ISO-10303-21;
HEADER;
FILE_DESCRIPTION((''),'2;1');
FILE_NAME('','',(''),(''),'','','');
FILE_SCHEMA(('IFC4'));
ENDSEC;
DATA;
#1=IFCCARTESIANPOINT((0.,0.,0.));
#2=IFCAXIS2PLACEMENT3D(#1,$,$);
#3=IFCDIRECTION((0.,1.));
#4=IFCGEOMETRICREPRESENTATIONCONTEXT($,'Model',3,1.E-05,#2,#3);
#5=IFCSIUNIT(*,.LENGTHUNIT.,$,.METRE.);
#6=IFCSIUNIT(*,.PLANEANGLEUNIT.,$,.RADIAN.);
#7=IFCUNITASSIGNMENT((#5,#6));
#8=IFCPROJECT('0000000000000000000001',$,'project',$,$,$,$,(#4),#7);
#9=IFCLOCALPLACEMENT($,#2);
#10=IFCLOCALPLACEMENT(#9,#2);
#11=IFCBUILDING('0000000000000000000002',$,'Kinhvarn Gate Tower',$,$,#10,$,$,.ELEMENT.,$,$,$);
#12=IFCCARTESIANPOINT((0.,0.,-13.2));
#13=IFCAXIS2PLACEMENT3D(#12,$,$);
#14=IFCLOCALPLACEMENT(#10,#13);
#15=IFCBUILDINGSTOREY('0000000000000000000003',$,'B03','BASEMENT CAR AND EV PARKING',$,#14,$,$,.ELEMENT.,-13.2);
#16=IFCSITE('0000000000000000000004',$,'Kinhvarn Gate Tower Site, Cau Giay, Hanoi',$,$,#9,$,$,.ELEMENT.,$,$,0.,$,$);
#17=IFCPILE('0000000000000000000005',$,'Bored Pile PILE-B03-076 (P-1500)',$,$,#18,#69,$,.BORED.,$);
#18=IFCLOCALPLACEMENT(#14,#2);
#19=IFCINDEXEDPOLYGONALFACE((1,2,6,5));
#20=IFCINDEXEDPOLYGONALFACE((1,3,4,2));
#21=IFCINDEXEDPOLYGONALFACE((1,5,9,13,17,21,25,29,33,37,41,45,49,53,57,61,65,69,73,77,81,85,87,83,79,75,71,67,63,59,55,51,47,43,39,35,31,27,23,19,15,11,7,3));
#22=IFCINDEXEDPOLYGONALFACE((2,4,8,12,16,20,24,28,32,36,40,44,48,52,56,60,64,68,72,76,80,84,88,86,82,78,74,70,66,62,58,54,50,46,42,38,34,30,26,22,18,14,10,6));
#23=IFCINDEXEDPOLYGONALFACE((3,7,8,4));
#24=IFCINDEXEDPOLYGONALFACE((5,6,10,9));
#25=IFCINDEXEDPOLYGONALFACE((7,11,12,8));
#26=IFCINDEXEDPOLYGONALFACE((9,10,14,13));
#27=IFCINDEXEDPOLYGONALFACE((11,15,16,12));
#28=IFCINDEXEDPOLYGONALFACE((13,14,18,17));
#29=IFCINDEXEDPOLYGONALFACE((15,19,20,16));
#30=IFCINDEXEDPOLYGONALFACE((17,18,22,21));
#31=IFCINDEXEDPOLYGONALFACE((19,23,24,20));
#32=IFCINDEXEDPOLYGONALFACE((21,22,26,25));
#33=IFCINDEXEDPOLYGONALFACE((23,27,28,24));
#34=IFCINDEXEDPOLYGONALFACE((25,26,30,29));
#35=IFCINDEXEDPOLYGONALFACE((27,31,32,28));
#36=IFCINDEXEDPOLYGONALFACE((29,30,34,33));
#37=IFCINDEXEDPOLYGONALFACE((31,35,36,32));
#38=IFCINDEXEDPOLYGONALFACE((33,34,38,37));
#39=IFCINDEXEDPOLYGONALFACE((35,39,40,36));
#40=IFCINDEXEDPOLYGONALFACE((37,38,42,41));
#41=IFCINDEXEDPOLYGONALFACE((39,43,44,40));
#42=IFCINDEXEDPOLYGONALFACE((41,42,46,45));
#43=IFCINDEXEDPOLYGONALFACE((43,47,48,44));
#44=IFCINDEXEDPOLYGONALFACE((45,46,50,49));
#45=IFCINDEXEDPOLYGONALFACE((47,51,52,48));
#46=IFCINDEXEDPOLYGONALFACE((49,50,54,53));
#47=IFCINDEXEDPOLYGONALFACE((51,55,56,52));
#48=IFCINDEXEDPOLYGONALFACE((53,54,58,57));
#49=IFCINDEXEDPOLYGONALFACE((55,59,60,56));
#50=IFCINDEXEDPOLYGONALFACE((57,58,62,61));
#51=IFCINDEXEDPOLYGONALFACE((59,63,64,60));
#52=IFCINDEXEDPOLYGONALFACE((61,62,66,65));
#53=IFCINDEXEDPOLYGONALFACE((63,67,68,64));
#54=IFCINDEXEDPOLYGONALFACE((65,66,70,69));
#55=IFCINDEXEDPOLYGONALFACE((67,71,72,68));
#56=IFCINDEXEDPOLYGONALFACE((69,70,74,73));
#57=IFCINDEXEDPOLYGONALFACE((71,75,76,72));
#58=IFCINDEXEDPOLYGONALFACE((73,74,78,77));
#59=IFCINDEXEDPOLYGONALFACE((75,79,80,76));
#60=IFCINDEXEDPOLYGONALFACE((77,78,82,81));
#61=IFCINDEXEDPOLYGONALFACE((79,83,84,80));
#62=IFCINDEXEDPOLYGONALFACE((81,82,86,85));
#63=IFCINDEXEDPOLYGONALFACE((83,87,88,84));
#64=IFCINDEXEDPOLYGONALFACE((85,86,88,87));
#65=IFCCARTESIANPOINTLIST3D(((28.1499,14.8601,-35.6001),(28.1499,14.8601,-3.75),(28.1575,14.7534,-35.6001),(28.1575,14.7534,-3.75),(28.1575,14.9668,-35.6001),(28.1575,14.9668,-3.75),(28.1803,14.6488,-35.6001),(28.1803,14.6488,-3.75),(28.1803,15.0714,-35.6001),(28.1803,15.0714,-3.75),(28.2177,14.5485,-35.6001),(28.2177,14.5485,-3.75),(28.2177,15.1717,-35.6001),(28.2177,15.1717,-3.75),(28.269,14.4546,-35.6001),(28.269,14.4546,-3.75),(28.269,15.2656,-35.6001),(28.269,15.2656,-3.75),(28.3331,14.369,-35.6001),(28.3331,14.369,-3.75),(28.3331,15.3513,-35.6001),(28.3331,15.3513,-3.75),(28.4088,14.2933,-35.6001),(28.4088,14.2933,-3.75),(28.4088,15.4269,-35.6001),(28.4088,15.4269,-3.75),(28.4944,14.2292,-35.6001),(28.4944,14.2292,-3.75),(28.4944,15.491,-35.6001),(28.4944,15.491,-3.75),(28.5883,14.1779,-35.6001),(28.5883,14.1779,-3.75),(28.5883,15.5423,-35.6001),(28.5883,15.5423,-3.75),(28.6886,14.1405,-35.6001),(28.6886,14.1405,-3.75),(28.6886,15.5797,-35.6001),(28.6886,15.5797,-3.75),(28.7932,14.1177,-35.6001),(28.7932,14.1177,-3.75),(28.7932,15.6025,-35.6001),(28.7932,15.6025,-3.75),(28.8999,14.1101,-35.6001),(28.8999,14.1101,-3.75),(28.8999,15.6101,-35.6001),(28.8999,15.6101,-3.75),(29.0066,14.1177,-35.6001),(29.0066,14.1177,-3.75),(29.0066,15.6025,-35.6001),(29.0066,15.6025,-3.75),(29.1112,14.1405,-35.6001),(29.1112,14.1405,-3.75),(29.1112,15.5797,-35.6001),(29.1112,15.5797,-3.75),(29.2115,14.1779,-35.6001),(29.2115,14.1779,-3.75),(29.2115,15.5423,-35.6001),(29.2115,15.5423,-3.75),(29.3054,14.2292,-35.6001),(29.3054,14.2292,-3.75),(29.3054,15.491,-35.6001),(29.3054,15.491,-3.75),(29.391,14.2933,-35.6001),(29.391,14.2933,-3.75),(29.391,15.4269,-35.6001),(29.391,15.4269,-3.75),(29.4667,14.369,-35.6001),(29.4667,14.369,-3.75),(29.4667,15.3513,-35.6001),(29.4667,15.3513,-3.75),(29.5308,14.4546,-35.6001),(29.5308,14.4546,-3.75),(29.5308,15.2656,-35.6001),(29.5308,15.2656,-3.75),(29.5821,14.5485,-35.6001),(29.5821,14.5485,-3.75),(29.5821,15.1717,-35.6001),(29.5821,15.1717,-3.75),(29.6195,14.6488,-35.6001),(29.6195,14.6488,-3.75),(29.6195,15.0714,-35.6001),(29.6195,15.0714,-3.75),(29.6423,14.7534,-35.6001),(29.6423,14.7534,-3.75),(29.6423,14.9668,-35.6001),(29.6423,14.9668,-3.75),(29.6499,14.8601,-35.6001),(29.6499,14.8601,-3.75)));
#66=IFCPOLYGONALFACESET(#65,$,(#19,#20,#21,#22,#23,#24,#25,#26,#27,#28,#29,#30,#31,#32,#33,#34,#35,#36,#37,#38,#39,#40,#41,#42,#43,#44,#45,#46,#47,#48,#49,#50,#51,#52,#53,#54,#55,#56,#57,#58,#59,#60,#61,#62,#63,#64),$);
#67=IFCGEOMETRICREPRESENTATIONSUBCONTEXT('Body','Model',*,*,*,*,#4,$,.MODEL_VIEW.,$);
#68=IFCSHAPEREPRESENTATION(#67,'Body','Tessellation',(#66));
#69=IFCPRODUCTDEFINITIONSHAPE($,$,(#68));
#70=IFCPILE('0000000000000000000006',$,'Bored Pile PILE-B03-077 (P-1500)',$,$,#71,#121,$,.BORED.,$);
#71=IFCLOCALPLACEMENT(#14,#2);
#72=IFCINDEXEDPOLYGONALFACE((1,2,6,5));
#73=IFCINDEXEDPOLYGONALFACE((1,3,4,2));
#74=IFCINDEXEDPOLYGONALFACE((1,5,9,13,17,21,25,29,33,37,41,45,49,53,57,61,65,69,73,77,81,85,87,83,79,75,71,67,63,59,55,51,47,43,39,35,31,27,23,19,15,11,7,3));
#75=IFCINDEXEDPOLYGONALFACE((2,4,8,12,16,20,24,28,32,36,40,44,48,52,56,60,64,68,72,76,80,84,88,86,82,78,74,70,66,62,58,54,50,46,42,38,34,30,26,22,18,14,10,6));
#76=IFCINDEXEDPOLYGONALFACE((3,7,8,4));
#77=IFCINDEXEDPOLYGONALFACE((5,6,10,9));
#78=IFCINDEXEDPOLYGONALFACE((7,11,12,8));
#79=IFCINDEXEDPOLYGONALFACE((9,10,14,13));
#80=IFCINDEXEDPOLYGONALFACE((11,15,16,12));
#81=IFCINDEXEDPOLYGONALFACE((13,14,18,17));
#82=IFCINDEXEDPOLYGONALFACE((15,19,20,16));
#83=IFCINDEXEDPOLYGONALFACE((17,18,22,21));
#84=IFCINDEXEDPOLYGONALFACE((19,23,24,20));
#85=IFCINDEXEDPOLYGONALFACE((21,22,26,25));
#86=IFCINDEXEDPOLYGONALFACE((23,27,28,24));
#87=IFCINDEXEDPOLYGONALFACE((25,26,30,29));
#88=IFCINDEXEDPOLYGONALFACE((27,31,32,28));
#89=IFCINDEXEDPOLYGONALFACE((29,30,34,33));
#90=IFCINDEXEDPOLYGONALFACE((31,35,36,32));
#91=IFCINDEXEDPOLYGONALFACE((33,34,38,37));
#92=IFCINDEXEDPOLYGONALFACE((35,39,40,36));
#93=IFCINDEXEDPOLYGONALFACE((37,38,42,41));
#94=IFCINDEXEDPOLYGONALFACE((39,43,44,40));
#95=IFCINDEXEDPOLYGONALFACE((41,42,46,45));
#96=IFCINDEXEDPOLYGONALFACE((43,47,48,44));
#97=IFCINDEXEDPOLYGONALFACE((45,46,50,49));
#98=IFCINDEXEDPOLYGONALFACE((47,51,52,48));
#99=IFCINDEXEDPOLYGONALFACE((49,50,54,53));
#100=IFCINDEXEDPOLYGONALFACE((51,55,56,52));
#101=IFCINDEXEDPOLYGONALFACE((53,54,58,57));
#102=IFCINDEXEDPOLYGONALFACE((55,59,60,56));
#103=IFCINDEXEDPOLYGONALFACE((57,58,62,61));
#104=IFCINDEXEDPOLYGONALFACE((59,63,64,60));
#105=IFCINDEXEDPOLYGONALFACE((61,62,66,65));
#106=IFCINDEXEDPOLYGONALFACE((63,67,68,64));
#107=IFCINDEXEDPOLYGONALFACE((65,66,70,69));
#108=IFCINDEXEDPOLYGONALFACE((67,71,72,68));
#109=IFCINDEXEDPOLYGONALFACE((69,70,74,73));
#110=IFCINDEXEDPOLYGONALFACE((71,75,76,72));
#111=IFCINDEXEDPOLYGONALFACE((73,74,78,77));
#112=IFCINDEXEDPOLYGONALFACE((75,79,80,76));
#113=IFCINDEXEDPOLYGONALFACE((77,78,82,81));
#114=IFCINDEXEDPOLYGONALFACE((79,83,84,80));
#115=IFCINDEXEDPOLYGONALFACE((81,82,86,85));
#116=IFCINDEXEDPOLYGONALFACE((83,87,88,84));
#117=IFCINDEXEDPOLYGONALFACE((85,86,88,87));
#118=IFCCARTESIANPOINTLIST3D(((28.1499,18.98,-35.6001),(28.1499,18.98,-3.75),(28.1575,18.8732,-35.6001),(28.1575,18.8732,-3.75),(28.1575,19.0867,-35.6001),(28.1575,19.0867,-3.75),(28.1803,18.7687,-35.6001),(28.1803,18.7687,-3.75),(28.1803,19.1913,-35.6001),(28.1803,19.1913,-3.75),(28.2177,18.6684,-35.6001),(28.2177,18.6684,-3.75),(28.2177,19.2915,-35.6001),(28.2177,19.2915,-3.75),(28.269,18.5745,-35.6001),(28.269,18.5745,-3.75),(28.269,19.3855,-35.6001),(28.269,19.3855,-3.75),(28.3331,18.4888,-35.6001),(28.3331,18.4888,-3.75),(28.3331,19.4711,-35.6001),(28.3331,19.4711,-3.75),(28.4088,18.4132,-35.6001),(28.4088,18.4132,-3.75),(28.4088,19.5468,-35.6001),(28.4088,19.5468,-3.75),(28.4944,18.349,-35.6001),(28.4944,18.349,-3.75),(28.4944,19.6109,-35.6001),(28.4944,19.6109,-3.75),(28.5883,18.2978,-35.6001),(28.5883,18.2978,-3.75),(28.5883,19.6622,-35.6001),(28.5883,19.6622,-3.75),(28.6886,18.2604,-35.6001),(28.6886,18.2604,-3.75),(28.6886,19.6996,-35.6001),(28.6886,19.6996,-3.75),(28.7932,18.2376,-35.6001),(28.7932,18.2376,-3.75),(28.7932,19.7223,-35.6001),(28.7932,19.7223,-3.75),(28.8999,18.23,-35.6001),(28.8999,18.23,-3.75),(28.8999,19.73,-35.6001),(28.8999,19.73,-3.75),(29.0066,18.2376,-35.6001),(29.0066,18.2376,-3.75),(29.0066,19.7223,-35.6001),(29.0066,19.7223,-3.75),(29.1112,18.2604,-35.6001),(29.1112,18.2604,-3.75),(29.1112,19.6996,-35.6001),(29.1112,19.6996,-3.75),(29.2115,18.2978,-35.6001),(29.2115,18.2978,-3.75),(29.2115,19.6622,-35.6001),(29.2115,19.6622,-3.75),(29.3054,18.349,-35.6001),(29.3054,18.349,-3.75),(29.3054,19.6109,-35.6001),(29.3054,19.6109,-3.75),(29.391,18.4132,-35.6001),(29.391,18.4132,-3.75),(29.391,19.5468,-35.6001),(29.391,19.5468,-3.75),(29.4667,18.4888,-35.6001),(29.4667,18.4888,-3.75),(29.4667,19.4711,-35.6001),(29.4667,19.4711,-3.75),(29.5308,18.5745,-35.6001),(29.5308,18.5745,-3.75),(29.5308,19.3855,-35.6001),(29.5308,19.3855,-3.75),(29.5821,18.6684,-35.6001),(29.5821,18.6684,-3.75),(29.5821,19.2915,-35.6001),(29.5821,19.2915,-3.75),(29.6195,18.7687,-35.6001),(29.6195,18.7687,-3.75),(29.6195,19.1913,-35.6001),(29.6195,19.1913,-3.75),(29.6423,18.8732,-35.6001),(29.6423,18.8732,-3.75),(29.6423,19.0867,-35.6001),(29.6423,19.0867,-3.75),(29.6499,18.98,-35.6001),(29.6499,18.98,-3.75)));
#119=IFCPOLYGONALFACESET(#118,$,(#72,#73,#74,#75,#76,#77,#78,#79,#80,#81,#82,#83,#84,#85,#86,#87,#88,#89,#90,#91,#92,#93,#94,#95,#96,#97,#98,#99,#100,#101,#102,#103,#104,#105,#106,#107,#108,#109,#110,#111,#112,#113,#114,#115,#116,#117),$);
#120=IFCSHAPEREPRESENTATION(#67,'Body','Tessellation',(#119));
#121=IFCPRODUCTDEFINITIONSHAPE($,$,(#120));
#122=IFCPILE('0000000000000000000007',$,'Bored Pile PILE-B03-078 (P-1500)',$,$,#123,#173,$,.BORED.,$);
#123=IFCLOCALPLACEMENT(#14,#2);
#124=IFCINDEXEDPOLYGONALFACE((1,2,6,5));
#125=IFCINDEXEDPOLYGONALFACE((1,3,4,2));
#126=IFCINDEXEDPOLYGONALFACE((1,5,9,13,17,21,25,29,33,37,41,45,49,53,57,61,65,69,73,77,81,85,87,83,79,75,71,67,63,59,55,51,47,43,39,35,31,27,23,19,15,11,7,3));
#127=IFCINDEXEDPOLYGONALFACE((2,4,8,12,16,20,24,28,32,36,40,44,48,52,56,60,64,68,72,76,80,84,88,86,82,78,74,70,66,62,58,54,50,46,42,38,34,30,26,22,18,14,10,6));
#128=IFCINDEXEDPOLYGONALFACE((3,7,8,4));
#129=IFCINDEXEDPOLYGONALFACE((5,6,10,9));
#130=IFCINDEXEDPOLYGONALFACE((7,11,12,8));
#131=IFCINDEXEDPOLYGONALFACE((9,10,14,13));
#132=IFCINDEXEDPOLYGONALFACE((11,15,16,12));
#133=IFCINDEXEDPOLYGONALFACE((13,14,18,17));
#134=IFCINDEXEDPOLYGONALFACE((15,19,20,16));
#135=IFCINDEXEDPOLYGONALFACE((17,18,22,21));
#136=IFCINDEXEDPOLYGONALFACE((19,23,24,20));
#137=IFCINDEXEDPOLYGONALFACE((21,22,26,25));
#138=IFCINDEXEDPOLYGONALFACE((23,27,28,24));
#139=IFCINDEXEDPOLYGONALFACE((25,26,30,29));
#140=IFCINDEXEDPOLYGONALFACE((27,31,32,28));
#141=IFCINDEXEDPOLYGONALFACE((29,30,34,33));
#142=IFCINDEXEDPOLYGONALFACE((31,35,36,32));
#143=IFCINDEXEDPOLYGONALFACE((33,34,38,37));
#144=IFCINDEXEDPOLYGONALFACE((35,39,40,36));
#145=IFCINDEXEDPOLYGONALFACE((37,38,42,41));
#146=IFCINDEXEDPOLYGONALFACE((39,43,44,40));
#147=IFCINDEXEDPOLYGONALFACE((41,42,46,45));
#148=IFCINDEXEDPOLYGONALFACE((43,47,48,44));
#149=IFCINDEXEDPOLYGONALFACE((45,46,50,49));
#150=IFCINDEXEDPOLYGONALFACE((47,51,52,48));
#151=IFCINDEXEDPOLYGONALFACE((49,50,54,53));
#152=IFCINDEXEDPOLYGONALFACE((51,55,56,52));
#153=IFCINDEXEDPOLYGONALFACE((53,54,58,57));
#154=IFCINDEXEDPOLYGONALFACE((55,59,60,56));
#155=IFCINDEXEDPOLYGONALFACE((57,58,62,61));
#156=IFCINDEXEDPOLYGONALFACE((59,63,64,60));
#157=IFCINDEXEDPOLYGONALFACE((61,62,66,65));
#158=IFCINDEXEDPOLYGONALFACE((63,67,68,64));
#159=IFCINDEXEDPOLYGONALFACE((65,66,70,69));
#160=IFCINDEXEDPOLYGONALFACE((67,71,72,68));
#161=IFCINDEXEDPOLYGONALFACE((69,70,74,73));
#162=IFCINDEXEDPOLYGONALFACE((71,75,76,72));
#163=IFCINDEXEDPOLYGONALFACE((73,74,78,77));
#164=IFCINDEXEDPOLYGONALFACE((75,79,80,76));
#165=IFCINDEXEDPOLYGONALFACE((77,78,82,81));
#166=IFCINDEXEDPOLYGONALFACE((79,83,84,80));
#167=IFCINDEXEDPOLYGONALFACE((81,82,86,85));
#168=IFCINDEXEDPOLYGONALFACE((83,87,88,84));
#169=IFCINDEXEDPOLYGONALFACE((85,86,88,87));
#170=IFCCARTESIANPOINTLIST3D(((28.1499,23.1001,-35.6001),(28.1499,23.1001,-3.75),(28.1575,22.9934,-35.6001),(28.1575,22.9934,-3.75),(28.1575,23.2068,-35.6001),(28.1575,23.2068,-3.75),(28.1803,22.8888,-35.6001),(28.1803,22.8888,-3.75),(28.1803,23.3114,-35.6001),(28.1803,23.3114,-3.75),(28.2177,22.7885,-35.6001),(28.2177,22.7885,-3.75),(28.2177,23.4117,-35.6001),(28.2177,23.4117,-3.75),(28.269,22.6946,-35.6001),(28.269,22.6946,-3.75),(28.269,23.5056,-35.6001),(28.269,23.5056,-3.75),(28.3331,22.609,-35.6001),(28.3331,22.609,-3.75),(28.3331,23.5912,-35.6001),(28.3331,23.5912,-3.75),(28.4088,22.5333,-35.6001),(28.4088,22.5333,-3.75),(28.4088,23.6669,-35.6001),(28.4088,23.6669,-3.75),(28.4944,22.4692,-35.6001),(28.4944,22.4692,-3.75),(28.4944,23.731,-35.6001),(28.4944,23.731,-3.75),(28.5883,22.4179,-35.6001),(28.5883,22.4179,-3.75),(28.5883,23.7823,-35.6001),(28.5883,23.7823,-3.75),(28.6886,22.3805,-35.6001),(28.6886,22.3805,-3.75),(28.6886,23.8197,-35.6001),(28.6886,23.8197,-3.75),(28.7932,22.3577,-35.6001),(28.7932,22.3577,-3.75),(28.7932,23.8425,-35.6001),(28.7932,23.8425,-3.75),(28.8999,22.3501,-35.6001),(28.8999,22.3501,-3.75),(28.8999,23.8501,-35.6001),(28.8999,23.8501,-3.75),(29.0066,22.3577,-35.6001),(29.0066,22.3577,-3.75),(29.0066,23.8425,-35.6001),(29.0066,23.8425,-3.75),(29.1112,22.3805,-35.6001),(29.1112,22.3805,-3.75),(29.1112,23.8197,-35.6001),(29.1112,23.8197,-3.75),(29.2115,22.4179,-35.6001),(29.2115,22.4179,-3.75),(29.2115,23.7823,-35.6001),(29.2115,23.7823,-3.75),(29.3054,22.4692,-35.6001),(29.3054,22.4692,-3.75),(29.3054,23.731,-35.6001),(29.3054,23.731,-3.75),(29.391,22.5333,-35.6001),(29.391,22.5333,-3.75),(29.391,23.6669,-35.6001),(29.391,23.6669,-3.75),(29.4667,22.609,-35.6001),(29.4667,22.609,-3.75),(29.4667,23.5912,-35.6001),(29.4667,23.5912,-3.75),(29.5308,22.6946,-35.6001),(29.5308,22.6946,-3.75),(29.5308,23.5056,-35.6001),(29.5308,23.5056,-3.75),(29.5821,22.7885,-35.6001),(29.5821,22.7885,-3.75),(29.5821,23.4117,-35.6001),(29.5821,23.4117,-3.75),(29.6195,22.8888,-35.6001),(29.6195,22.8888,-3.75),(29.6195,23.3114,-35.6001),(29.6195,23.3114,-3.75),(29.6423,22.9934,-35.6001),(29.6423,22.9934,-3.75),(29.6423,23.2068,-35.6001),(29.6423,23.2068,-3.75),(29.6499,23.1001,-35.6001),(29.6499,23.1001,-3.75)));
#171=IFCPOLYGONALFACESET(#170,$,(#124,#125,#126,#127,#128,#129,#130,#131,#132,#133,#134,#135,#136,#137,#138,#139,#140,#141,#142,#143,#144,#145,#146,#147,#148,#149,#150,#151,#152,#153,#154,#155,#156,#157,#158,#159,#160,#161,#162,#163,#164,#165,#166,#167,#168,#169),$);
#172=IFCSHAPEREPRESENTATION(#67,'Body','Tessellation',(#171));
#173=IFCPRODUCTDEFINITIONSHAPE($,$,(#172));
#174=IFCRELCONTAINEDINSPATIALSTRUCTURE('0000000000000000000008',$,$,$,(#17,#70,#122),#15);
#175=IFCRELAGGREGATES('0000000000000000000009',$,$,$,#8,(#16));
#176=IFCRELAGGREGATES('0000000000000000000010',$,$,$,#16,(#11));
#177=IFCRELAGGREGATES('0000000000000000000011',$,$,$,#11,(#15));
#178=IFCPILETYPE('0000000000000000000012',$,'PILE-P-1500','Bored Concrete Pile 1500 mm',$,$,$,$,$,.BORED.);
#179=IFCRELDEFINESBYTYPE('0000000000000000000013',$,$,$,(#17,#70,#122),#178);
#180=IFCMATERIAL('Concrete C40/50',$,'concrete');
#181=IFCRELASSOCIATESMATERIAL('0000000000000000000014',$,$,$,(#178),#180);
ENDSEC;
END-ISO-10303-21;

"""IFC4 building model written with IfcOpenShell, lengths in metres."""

from ifc_helpers import new_model, si_unit, direction, frame, origin, origin_2d, place, context, subcontext, project, spatial, circle, extrude, material, material_profile, profile_set, type_object, element, save


model = new_model("IFC4")

# Units and contexts
model_context = context("Model", 3, precision=1e-05, world=origin(), true_north=direction((0.0, 1.0)))
body_context = subcontext(model_context, "Body", "Model", "MODEL_VIEW")
ifc_project = project(units=[si_unit("LENGTHUNIT", "METRE"), si_unit("PLANEANGLEUNIT", "RADIAN")], contexts=[model_context])

# Site, building, storey
site_placement = place(None, origin())
site = spatial("IfcSite", under=ifc_project, at=site_placement, Name="Kinhvarn Gate Tower Site, Cau Giay, Hanoi", CompositionType="ELEMENT", RefElevation=0.0)
building_placement = place(site_placement, origin())
building = spatial("IfcBuilding", under=site, at=building_placement, Name="Kinhvarn Gate Tower", CompositionType="ELEMENT")
storey_placement = place(building_placement, frame((0.0, 0.0, -13.2)))
storey = spatial("IfcBuildingStorey", under=building, at=storey_placement, Name="B03", Description="BASEMENT CAR AND EV PARKING", CompositionType="ELEMENT", Elevation=-13.2)

# Piles
ifc_material_1 = material(Name="Concrete C40/50", Category="concrete")
ifc_material_profile_1 = material_profile(ifc_material_1, circle(Radius=0.75, at=origin_2d()), Name="PILE D1500")
ifc_profile_set_1 = profile_set([ifc_material_profile_1], Name="Concrete C40/50")
pile_type_1 = type_object("IfcPileType", Name="PILE-P-1500", Description="Bored Concrete Pile 1500 mm", PredefinedType="BORED", material=ifc_profile_set_1)
for number, where, z_axis, x_axis, name in (
    (1, (28.8999, 14.8601, -35.6001), (0.0, 0.0, 1.0), (1.0, 0.0, 0.0), "Bored Pile PILE-B03-076 (P-1500)"),
    (2, (28.8999, 18.98, -35.6001), (0.0, 0.0, 1.0), (1.0, 0.0, 0.0), "Bored Pile PILE-B03-077 (P-1500)"),
    (3, (28.8999, 23.1001, -35.6001), (0.0, 0.0, 1.0), (1.0, 0.0, 0.0), "Bored Pile PILE-B03-078 (P-1500)"),
):
    element("IfcPile", number, at=place(storey_placement, frame(where, z_axis=z_axis, x_axis=x_axis)), inside=storey, type_object=pile_type_1, Name=name, PredefinedType="BORED", context=body_context, shape_type="SweptSolid", body=[
        extrude(circle(Radius=0.75, at=origin_2d()), origin(), (0.0, 0.0, 1.0), 31.8501),
    ])

save(model, "model.ifc")
